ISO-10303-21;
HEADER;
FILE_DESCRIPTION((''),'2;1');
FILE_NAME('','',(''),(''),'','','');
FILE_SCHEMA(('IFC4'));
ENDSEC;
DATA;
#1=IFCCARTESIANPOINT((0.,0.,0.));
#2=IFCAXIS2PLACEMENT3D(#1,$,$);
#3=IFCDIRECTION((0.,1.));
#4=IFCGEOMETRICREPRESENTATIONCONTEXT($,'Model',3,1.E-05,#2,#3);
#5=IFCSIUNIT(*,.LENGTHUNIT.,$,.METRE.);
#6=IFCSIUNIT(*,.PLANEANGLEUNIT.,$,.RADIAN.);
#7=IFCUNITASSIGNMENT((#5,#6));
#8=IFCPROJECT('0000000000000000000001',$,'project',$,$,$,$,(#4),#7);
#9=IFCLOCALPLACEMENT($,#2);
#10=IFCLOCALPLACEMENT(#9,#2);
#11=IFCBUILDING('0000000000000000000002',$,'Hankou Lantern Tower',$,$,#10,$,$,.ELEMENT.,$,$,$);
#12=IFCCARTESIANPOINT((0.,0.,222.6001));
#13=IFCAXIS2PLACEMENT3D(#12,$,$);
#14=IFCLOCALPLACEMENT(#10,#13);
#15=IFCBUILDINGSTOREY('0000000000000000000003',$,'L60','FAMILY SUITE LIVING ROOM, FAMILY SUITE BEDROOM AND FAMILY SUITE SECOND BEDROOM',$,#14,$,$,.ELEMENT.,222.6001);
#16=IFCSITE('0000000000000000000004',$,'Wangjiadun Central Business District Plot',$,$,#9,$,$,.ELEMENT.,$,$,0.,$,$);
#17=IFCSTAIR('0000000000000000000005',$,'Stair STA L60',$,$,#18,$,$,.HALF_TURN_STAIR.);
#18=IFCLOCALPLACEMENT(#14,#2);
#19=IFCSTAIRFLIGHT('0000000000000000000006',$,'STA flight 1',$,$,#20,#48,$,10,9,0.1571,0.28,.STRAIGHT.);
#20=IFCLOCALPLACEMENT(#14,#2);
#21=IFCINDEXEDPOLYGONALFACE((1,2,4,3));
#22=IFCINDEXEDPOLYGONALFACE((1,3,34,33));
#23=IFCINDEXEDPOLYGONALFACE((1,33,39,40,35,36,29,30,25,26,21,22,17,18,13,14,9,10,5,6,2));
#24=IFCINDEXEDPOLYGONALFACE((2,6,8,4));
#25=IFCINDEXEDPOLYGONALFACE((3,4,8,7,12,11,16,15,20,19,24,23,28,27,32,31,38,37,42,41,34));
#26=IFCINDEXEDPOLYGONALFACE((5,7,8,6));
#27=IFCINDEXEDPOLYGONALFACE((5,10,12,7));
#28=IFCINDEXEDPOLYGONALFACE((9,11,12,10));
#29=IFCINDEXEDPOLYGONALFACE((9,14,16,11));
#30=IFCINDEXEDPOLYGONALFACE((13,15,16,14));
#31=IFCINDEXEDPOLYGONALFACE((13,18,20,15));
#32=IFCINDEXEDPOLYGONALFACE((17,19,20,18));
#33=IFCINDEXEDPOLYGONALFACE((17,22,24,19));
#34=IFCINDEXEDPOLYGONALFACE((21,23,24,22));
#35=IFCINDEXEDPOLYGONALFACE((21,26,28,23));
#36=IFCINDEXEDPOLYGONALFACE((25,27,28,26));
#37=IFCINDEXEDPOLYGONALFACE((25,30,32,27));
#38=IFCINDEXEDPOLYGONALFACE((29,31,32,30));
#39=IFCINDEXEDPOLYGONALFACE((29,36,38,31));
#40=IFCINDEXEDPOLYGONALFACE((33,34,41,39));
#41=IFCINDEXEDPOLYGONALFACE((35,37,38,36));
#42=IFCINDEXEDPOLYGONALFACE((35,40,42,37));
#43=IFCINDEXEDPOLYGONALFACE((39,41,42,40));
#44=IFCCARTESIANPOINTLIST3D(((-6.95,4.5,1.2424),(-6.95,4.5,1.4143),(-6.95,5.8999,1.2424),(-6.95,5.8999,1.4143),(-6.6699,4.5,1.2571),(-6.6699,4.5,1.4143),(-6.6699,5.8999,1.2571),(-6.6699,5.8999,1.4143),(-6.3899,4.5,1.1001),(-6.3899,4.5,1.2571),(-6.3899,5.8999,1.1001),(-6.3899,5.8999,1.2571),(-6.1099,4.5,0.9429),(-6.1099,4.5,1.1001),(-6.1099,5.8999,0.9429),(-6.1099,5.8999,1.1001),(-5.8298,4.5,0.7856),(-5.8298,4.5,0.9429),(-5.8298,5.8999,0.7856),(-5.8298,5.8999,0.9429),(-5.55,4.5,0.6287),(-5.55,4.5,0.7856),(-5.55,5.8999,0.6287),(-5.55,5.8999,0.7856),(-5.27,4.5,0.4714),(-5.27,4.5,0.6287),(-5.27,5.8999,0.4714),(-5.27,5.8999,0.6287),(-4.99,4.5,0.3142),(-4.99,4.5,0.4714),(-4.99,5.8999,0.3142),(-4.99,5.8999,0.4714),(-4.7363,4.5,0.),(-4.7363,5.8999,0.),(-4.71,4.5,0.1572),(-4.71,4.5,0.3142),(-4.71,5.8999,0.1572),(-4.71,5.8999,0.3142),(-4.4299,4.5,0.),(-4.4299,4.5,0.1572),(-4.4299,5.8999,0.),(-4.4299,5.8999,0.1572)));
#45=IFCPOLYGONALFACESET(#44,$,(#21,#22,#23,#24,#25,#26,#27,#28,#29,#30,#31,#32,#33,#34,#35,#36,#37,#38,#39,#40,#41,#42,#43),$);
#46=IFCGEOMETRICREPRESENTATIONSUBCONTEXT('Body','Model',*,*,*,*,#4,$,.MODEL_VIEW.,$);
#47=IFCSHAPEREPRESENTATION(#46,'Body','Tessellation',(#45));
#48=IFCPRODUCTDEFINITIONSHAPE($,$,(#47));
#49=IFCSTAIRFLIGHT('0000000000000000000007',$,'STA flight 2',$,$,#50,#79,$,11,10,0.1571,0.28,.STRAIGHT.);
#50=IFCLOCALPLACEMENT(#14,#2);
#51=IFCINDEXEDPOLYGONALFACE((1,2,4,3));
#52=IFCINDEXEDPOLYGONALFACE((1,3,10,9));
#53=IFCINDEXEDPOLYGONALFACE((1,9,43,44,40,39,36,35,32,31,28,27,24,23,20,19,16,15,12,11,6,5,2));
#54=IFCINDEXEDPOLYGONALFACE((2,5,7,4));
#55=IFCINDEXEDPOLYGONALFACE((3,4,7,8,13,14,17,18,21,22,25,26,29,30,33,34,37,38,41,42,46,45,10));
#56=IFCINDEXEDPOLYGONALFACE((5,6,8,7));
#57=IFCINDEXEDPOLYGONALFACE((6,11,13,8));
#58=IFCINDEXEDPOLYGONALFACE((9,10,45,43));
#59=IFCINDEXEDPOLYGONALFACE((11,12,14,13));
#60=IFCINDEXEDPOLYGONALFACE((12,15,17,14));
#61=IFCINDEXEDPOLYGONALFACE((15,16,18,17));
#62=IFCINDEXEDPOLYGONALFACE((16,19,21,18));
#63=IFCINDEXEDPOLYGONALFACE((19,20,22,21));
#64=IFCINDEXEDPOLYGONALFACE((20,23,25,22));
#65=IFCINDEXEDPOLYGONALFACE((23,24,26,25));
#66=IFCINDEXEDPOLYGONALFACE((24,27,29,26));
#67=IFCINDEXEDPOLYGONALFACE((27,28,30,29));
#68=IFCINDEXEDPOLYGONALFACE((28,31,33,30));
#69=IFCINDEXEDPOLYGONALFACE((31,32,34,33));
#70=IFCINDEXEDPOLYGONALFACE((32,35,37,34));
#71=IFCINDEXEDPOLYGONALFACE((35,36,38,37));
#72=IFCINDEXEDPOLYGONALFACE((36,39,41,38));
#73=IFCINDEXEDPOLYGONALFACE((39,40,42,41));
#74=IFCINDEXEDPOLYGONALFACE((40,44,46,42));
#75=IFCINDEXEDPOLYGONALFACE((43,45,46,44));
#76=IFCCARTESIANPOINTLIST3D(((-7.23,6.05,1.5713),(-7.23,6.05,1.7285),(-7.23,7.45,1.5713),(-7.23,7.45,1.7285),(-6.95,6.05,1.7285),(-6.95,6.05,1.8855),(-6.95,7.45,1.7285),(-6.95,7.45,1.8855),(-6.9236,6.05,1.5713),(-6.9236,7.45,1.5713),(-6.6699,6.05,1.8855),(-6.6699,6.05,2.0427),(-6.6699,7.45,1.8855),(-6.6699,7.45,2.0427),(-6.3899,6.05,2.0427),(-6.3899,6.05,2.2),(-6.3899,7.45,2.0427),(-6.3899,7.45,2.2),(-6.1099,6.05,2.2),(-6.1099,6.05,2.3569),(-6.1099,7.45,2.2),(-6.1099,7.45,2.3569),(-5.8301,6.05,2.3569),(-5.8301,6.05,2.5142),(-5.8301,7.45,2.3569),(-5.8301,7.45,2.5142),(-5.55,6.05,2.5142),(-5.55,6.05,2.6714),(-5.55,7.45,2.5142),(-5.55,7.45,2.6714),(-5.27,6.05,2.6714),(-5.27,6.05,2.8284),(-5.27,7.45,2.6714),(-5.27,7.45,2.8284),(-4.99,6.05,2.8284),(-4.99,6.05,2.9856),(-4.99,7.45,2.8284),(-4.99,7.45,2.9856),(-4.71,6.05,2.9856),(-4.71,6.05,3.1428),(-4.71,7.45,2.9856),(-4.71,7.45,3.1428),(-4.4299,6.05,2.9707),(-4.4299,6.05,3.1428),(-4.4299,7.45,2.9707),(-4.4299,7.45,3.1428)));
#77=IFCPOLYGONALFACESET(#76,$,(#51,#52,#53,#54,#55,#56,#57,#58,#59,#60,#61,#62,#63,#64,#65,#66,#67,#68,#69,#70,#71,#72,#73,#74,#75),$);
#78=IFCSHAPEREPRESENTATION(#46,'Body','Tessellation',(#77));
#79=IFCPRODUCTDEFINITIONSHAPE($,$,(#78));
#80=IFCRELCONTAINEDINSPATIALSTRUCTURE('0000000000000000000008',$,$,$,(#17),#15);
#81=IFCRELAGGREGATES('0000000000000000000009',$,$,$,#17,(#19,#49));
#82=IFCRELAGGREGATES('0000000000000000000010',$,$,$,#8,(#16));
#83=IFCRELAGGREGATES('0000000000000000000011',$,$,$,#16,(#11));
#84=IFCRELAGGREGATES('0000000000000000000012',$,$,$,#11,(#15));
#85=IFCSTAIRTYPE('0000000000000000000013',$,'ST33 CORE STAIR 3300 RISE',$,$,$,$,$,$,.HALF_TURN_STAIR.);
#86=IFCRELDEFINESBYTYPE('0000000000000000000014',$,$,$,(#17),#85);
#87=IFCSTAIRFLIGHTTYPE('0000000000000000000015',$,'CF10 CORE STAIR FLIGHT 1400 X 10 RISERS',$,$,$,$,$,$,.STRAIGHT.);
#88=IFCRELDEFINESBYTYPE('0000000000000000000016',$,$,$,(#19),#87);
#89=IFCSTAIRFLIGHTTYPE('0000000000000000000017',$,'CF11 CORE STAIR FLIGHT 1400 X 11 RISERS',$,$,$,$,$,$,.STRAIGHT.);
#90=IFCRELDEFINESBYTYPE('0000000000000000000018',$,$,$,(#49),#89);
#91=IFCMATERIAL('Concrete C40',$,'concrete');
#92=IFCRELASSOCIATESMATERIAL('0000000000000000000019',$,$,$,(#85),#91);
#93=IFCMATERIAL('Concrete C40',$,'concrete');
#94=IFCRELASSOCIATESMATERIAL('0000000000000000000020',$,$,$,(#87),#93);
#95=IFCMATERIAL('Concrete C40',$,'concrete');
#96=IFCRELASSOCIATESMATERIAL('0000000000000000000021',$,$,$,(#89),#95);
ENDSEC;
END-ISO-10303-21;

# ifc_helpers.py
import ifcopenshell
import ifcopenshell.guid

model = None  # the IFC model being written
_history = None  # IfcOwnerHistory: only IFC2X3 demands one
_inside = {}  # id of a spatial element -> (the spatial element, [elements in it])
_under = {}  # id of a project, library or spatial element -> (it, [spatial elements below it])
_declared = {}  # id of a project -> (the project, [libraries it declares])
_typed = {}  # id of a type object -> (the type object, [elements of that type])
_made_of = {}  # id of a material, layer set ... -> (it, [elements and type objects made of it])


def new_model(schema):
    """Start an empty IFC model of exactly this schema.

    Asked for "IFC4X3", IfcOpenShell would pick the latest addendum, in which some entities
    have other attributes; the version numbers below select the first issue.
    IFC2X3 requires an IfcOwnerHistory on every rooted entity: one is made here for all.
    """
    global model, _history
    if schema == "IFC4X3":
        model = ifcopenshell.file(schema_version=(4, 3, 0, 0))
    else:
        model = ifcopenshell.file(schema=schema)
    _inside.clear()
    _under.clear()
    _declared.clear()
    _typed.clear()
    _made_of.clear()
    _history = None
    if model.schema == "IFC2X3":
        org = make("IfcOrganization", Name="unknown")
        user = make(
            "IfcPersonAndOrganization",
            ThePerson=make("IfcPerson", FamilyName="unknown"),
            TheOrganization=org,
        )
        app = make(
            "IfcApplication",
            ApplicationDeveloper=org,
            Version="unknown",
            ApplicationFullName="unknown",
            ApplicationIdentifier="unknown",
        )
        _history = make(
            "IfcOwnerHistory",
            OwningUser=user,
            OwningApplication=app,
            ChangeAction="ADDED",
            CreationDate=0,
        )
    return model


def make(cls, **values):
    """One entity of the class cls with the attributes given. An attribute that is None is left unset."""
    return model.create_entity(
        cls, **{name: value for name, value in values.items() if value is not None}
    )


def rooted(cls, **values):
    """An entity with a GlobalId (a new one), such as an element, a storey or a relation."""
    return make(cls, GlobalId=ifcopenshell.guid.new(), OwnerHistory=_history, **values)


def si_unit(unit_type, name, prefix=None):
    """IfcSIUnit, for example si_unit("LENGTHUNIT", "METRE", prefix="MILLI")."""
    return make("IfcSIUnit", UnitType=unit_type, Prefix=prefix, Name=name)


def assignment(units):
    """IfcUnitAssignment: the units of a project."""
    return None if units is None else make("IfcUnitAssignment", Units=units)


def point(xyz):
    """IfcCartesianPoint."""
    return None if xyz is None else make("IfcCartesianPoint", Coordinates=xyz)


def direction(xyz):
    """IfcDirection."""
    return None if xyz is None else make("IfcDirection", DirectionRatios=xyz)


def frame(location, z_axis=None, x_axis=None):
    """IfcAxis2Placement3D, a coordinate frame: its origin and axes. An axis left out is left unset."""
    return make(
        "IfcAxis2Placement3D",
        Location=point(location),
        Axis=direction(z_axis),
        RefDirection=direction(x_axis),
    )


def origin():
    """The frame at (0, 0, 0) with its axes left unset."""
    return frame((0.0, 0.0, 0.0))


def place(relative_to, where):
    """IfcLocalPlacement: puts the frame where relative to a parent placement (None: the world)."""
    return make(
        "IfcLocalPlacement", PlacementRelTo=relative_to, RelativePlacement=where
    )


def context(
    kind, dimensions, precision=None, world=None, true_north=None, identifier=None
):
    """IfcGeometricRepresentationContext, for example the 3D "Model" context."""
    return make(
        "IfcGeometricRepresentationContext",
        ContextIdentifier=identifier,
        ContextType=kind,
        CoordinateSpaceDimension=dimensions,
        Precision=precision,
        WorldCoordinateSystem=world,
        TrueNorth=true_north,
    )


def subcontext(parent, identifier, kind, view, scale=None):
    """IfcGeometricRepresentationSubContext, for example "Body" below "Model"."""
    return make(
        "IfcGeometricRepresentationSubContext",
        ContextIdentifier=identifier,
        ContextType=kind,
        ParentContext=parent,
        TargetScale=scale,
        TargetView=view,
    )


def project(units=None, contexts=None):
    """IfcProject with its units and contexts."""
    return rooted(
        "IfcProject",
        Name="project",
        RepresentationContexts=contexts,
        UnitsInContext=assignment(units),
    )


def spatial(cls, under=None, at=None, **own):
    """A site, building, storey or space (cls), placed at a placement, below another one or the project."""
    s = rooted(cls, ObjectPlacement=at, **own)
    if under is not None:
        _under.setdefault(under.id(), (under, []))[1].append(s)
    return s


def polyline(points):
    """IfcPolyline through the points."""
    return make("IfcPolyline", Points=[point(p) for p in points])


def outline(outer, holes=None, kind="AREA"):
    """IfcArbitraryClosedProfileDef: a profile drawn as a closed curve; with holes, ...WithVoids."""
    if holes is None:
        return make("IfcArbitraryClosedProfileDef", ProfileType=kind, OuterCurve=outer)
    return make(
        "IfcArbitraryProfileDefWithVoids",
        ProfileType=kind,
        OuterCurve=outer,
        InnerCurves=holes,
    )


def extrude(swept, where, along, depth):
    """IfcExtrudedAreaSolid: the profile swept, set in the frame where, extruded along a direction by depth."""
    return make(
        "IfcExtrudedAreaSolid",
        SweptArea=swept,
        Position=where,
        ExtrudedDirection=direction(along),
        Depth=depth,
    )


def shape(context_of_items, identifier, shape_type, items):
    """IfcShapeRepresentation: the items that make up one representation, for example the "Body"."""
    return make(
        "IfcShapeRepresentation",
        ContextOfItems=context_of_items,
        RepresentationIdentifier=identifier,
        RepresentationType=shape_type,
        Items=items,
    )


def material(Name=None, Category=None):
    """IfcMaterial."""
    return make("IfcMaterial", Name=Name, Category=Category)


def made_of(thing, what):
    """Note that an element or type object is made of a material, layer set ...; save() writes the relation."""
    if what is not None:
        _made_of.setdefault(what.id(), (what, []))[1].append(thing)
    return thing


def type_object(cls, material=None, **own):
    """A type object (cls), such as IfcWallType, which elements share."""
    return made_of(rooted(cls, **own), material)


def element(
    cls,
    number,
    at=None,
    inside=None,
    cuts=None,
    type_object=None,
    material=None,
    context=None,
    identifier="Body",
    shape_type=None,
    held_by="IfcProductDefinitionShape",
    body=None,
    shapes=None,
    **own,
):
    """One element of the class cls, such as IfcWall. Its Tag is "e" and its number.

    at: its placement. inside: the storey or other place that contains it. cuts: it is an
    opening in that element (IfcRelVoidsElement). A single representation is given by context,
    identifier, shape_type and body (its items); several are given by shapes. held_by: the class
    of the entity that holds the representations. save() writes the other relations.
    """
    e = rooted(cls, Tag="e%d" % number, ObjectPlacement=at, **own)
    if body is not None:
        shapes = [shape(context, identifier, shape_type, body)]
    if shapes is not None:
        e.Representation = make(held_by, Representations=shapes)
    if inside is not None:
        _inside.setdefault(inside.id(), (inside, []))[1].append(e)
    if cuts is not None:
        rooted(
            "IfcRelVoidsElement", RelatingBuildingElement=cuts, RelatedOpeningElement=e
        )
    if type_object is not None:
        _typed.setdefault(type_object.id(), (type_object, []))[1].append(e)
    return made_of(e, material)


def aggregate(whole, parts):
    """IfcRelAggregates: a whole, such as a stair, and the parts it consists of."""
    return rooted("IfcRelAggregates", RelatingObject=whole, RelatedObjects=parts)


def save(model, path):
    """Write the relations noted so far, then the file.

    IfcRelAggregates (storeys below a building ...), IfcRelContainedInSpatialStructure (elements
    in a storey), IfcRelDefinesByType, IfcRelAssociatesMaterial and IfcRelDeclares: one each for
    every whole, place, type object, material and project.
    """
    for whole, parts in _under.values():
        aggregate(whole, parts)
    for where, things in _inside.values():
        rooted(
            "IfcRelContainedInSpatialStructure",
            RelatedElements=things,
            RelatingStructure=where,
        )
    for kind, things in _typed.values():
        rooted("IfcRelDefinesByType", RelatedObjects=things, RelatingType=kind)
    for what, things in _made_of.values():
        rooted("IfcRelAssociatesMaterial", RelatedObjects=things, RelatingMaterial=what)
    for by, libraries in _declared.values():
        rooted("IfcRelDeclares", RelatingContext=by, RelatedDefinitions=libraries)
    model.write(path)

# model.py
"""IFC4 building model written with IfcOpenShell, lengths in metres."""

from ifc_helpers import new_model, si_unit, direction, frame, origin, place, context, subcontext, project, spatial, polyline, outline, extrude, material, type_object, element, aggregate, save


model = new_model("IFC4")

# Units and contexts
model_context = context("Model", 3, precision=1e-05, world=origin(), true_north=direction((0.0, 1.0)))
body_context = subcontext(model_context, "Body", "Model", "MODEL_VIEW")
ifc_project = project(units=[si_unit("LENGTHUNIT", "METRE"), si_unit("PLANEANGLEUNIT", "RADIAN")], contexts=[model_context])

# Site, building, storey
site_placement = place(None, origin())
site = spatial("IfcSite", under=ifc_project, at=site_placement, Name="Wangjiadun Central Business District Plot", CompositionType="ELEMENT", RefElevation=0.0)
building_placement = place(site_placement, origin())
building = spatial("IfcBuilding", under=site, at=building_placement, Name="Hankou Lantern Tower", CompositionType="ELEMENT")
storey_placement = place(building_placement, frame((0.0, 0.0, 222.6001)))
storey = spatial("IfcBuildingStorey", under=building, at=storey_placement, Name="L60", Description="FAMILY SUITE LIVING ROOM, FAMILY SUITE BEDROOM AND FAMILY SUITE SECOND BEDROOM", CompositionType="ELEMENT", Elevation=222.6001)

# Stair, stair flights
ifc_material_1 = material(Name="Concrete C40", Category="concrete")
stair_type = type_object("IfcStairType", Name="ST33 CORE STAIR 3300 RISE", PredefinedType="HALF_TURN_STAIR", material=ifc_material_1)
stair_placement = place(storey_placement, origin())
stair = element("IfcStair", 1, at=stair_placement, inside=storey, type_object=stair_type, Name="Stair STA L60", PredefinedType="HALF_TURN_STAIR")
ifc_material_2 = material(Name="Concrete C40", Category="concrete")
stair_flight_type_1 = type_object("IfcStairFlightType", Name="CF10 CORE STAIR FLIGHT 1400 X 10 RISERS", PredefinedType="STRAIGHT", material=ifc_material_2)
stair_flight_1_placement = place(storey_placement, frame((-4.4299, 5.2, 0.0), z_axis=(0.0, 0.0, 1.0), x_axis=(-1.0, 0.0, 0.0)))
stair_flight_1 = element("IfcStairFlight", 2, at=stair_flight_1_placement, type_object=stair_flight_type_1, Name="STA flight 1", NumberOfRisers=10, NumberOfTreads=9, PredefinedType="STRAIGHT", RiserHeight=0.1571, TreadLength=0.28, context=body_context, shape_type="SweptSolid", body=[
    extrude(outline(polyline([(0.0, 0.0), (0.0, 0.1572), (0.28, 0.1572), (0.28, 0.3142), (0.5601, 0.3142), (0.5601, 0.4714), (0.8401, 0.4714), (0.8401, 0.6287), (1.1201, 0.6287), (1.1201, 0.7856), (1.3999, 0.7856), (1.3999, 0.9429), (1.6799, 0.9429), (1.6799, 1.1001), (1.96, 1.1001), (1.96, 1.2571), (2.24, 1.2571), (2.24, 1.4143), (2.52, 1.4143), (2.52, 1.5715), (2.52, 1.2424), (0.3064, 0.0), (0.0, 0.0)])), frame((0.0, 0.7, 0.0), z_axis=(0.0, -1.0, 0.0), x_axis=(1.0, 0.0, 0.0)), (0.0, 0.0, 1.0), 1.3999),
])
ifc_material_3 = material(Name="Concrete C40", Category="concrete")
stair_flight_type_2 = type_object("IfcStairFlightType", Name="CF11 CORE STAIR FLIGHT 1400 X 11 RISERS", PredefinedType="STRAIGHT", material=ifc_material_3)
stair_flight_2_placement = place(storey_placement, frame((-7.23, 6.75, 1.5713), z_axis=(0.0, 0.0, 1.0), x_axis=(1.0, 0.0, 0.0)))
stair_flight_2 = element("IfcStairFlight", 3, at=stair_flight_2_placement, type_object=stair_flight_type_2, Name="STA flight 2", NumberOfRisers=11, NumberOfTreads=10, PredefinedType="STRAIGHT", RiserHeight=0.1571, TreadLength=0.28, context=body_context, shape_type="SweptSolid", body=[
    extrude(outline(polyline([(0.0, 0.0), (0.0, 0.1572), (0.28, 0.1572), (0.28, 0.3142), (0.5601, 0.3142), (0.5601, 0.4714), (0.8401, 0.4714), (0.8401, 0.6287), (1.1201, 0.6287), (1.1201, 0.7856), (1.3999, 0.7856), (1.3999, 0.9429), (1.6799, 0.9429), (1.6799, 1.1001), (1.96, 1.1001), (1.96, 1.2571), (2.24, 1.2571), (2.24, 1.4143), (2.52, 1.4143), (2.52, 1.5715), (2.8, 1.5715), (2.8, 1.7285), (2.8, 1.3994), (0.3064, 0.0), (0.0, 0.0)])), frame((0.0, 0.7, 0.0), z_axis=(0.0, -1.0, 0.0), x_axis=(1.0, 0.0, 0.0)), (0.0, 0.0, 1.0), 1.3999),
])
aggregate(stair, [stair_flight_1, stair_flight_2])

save(model, "model.ifc")
